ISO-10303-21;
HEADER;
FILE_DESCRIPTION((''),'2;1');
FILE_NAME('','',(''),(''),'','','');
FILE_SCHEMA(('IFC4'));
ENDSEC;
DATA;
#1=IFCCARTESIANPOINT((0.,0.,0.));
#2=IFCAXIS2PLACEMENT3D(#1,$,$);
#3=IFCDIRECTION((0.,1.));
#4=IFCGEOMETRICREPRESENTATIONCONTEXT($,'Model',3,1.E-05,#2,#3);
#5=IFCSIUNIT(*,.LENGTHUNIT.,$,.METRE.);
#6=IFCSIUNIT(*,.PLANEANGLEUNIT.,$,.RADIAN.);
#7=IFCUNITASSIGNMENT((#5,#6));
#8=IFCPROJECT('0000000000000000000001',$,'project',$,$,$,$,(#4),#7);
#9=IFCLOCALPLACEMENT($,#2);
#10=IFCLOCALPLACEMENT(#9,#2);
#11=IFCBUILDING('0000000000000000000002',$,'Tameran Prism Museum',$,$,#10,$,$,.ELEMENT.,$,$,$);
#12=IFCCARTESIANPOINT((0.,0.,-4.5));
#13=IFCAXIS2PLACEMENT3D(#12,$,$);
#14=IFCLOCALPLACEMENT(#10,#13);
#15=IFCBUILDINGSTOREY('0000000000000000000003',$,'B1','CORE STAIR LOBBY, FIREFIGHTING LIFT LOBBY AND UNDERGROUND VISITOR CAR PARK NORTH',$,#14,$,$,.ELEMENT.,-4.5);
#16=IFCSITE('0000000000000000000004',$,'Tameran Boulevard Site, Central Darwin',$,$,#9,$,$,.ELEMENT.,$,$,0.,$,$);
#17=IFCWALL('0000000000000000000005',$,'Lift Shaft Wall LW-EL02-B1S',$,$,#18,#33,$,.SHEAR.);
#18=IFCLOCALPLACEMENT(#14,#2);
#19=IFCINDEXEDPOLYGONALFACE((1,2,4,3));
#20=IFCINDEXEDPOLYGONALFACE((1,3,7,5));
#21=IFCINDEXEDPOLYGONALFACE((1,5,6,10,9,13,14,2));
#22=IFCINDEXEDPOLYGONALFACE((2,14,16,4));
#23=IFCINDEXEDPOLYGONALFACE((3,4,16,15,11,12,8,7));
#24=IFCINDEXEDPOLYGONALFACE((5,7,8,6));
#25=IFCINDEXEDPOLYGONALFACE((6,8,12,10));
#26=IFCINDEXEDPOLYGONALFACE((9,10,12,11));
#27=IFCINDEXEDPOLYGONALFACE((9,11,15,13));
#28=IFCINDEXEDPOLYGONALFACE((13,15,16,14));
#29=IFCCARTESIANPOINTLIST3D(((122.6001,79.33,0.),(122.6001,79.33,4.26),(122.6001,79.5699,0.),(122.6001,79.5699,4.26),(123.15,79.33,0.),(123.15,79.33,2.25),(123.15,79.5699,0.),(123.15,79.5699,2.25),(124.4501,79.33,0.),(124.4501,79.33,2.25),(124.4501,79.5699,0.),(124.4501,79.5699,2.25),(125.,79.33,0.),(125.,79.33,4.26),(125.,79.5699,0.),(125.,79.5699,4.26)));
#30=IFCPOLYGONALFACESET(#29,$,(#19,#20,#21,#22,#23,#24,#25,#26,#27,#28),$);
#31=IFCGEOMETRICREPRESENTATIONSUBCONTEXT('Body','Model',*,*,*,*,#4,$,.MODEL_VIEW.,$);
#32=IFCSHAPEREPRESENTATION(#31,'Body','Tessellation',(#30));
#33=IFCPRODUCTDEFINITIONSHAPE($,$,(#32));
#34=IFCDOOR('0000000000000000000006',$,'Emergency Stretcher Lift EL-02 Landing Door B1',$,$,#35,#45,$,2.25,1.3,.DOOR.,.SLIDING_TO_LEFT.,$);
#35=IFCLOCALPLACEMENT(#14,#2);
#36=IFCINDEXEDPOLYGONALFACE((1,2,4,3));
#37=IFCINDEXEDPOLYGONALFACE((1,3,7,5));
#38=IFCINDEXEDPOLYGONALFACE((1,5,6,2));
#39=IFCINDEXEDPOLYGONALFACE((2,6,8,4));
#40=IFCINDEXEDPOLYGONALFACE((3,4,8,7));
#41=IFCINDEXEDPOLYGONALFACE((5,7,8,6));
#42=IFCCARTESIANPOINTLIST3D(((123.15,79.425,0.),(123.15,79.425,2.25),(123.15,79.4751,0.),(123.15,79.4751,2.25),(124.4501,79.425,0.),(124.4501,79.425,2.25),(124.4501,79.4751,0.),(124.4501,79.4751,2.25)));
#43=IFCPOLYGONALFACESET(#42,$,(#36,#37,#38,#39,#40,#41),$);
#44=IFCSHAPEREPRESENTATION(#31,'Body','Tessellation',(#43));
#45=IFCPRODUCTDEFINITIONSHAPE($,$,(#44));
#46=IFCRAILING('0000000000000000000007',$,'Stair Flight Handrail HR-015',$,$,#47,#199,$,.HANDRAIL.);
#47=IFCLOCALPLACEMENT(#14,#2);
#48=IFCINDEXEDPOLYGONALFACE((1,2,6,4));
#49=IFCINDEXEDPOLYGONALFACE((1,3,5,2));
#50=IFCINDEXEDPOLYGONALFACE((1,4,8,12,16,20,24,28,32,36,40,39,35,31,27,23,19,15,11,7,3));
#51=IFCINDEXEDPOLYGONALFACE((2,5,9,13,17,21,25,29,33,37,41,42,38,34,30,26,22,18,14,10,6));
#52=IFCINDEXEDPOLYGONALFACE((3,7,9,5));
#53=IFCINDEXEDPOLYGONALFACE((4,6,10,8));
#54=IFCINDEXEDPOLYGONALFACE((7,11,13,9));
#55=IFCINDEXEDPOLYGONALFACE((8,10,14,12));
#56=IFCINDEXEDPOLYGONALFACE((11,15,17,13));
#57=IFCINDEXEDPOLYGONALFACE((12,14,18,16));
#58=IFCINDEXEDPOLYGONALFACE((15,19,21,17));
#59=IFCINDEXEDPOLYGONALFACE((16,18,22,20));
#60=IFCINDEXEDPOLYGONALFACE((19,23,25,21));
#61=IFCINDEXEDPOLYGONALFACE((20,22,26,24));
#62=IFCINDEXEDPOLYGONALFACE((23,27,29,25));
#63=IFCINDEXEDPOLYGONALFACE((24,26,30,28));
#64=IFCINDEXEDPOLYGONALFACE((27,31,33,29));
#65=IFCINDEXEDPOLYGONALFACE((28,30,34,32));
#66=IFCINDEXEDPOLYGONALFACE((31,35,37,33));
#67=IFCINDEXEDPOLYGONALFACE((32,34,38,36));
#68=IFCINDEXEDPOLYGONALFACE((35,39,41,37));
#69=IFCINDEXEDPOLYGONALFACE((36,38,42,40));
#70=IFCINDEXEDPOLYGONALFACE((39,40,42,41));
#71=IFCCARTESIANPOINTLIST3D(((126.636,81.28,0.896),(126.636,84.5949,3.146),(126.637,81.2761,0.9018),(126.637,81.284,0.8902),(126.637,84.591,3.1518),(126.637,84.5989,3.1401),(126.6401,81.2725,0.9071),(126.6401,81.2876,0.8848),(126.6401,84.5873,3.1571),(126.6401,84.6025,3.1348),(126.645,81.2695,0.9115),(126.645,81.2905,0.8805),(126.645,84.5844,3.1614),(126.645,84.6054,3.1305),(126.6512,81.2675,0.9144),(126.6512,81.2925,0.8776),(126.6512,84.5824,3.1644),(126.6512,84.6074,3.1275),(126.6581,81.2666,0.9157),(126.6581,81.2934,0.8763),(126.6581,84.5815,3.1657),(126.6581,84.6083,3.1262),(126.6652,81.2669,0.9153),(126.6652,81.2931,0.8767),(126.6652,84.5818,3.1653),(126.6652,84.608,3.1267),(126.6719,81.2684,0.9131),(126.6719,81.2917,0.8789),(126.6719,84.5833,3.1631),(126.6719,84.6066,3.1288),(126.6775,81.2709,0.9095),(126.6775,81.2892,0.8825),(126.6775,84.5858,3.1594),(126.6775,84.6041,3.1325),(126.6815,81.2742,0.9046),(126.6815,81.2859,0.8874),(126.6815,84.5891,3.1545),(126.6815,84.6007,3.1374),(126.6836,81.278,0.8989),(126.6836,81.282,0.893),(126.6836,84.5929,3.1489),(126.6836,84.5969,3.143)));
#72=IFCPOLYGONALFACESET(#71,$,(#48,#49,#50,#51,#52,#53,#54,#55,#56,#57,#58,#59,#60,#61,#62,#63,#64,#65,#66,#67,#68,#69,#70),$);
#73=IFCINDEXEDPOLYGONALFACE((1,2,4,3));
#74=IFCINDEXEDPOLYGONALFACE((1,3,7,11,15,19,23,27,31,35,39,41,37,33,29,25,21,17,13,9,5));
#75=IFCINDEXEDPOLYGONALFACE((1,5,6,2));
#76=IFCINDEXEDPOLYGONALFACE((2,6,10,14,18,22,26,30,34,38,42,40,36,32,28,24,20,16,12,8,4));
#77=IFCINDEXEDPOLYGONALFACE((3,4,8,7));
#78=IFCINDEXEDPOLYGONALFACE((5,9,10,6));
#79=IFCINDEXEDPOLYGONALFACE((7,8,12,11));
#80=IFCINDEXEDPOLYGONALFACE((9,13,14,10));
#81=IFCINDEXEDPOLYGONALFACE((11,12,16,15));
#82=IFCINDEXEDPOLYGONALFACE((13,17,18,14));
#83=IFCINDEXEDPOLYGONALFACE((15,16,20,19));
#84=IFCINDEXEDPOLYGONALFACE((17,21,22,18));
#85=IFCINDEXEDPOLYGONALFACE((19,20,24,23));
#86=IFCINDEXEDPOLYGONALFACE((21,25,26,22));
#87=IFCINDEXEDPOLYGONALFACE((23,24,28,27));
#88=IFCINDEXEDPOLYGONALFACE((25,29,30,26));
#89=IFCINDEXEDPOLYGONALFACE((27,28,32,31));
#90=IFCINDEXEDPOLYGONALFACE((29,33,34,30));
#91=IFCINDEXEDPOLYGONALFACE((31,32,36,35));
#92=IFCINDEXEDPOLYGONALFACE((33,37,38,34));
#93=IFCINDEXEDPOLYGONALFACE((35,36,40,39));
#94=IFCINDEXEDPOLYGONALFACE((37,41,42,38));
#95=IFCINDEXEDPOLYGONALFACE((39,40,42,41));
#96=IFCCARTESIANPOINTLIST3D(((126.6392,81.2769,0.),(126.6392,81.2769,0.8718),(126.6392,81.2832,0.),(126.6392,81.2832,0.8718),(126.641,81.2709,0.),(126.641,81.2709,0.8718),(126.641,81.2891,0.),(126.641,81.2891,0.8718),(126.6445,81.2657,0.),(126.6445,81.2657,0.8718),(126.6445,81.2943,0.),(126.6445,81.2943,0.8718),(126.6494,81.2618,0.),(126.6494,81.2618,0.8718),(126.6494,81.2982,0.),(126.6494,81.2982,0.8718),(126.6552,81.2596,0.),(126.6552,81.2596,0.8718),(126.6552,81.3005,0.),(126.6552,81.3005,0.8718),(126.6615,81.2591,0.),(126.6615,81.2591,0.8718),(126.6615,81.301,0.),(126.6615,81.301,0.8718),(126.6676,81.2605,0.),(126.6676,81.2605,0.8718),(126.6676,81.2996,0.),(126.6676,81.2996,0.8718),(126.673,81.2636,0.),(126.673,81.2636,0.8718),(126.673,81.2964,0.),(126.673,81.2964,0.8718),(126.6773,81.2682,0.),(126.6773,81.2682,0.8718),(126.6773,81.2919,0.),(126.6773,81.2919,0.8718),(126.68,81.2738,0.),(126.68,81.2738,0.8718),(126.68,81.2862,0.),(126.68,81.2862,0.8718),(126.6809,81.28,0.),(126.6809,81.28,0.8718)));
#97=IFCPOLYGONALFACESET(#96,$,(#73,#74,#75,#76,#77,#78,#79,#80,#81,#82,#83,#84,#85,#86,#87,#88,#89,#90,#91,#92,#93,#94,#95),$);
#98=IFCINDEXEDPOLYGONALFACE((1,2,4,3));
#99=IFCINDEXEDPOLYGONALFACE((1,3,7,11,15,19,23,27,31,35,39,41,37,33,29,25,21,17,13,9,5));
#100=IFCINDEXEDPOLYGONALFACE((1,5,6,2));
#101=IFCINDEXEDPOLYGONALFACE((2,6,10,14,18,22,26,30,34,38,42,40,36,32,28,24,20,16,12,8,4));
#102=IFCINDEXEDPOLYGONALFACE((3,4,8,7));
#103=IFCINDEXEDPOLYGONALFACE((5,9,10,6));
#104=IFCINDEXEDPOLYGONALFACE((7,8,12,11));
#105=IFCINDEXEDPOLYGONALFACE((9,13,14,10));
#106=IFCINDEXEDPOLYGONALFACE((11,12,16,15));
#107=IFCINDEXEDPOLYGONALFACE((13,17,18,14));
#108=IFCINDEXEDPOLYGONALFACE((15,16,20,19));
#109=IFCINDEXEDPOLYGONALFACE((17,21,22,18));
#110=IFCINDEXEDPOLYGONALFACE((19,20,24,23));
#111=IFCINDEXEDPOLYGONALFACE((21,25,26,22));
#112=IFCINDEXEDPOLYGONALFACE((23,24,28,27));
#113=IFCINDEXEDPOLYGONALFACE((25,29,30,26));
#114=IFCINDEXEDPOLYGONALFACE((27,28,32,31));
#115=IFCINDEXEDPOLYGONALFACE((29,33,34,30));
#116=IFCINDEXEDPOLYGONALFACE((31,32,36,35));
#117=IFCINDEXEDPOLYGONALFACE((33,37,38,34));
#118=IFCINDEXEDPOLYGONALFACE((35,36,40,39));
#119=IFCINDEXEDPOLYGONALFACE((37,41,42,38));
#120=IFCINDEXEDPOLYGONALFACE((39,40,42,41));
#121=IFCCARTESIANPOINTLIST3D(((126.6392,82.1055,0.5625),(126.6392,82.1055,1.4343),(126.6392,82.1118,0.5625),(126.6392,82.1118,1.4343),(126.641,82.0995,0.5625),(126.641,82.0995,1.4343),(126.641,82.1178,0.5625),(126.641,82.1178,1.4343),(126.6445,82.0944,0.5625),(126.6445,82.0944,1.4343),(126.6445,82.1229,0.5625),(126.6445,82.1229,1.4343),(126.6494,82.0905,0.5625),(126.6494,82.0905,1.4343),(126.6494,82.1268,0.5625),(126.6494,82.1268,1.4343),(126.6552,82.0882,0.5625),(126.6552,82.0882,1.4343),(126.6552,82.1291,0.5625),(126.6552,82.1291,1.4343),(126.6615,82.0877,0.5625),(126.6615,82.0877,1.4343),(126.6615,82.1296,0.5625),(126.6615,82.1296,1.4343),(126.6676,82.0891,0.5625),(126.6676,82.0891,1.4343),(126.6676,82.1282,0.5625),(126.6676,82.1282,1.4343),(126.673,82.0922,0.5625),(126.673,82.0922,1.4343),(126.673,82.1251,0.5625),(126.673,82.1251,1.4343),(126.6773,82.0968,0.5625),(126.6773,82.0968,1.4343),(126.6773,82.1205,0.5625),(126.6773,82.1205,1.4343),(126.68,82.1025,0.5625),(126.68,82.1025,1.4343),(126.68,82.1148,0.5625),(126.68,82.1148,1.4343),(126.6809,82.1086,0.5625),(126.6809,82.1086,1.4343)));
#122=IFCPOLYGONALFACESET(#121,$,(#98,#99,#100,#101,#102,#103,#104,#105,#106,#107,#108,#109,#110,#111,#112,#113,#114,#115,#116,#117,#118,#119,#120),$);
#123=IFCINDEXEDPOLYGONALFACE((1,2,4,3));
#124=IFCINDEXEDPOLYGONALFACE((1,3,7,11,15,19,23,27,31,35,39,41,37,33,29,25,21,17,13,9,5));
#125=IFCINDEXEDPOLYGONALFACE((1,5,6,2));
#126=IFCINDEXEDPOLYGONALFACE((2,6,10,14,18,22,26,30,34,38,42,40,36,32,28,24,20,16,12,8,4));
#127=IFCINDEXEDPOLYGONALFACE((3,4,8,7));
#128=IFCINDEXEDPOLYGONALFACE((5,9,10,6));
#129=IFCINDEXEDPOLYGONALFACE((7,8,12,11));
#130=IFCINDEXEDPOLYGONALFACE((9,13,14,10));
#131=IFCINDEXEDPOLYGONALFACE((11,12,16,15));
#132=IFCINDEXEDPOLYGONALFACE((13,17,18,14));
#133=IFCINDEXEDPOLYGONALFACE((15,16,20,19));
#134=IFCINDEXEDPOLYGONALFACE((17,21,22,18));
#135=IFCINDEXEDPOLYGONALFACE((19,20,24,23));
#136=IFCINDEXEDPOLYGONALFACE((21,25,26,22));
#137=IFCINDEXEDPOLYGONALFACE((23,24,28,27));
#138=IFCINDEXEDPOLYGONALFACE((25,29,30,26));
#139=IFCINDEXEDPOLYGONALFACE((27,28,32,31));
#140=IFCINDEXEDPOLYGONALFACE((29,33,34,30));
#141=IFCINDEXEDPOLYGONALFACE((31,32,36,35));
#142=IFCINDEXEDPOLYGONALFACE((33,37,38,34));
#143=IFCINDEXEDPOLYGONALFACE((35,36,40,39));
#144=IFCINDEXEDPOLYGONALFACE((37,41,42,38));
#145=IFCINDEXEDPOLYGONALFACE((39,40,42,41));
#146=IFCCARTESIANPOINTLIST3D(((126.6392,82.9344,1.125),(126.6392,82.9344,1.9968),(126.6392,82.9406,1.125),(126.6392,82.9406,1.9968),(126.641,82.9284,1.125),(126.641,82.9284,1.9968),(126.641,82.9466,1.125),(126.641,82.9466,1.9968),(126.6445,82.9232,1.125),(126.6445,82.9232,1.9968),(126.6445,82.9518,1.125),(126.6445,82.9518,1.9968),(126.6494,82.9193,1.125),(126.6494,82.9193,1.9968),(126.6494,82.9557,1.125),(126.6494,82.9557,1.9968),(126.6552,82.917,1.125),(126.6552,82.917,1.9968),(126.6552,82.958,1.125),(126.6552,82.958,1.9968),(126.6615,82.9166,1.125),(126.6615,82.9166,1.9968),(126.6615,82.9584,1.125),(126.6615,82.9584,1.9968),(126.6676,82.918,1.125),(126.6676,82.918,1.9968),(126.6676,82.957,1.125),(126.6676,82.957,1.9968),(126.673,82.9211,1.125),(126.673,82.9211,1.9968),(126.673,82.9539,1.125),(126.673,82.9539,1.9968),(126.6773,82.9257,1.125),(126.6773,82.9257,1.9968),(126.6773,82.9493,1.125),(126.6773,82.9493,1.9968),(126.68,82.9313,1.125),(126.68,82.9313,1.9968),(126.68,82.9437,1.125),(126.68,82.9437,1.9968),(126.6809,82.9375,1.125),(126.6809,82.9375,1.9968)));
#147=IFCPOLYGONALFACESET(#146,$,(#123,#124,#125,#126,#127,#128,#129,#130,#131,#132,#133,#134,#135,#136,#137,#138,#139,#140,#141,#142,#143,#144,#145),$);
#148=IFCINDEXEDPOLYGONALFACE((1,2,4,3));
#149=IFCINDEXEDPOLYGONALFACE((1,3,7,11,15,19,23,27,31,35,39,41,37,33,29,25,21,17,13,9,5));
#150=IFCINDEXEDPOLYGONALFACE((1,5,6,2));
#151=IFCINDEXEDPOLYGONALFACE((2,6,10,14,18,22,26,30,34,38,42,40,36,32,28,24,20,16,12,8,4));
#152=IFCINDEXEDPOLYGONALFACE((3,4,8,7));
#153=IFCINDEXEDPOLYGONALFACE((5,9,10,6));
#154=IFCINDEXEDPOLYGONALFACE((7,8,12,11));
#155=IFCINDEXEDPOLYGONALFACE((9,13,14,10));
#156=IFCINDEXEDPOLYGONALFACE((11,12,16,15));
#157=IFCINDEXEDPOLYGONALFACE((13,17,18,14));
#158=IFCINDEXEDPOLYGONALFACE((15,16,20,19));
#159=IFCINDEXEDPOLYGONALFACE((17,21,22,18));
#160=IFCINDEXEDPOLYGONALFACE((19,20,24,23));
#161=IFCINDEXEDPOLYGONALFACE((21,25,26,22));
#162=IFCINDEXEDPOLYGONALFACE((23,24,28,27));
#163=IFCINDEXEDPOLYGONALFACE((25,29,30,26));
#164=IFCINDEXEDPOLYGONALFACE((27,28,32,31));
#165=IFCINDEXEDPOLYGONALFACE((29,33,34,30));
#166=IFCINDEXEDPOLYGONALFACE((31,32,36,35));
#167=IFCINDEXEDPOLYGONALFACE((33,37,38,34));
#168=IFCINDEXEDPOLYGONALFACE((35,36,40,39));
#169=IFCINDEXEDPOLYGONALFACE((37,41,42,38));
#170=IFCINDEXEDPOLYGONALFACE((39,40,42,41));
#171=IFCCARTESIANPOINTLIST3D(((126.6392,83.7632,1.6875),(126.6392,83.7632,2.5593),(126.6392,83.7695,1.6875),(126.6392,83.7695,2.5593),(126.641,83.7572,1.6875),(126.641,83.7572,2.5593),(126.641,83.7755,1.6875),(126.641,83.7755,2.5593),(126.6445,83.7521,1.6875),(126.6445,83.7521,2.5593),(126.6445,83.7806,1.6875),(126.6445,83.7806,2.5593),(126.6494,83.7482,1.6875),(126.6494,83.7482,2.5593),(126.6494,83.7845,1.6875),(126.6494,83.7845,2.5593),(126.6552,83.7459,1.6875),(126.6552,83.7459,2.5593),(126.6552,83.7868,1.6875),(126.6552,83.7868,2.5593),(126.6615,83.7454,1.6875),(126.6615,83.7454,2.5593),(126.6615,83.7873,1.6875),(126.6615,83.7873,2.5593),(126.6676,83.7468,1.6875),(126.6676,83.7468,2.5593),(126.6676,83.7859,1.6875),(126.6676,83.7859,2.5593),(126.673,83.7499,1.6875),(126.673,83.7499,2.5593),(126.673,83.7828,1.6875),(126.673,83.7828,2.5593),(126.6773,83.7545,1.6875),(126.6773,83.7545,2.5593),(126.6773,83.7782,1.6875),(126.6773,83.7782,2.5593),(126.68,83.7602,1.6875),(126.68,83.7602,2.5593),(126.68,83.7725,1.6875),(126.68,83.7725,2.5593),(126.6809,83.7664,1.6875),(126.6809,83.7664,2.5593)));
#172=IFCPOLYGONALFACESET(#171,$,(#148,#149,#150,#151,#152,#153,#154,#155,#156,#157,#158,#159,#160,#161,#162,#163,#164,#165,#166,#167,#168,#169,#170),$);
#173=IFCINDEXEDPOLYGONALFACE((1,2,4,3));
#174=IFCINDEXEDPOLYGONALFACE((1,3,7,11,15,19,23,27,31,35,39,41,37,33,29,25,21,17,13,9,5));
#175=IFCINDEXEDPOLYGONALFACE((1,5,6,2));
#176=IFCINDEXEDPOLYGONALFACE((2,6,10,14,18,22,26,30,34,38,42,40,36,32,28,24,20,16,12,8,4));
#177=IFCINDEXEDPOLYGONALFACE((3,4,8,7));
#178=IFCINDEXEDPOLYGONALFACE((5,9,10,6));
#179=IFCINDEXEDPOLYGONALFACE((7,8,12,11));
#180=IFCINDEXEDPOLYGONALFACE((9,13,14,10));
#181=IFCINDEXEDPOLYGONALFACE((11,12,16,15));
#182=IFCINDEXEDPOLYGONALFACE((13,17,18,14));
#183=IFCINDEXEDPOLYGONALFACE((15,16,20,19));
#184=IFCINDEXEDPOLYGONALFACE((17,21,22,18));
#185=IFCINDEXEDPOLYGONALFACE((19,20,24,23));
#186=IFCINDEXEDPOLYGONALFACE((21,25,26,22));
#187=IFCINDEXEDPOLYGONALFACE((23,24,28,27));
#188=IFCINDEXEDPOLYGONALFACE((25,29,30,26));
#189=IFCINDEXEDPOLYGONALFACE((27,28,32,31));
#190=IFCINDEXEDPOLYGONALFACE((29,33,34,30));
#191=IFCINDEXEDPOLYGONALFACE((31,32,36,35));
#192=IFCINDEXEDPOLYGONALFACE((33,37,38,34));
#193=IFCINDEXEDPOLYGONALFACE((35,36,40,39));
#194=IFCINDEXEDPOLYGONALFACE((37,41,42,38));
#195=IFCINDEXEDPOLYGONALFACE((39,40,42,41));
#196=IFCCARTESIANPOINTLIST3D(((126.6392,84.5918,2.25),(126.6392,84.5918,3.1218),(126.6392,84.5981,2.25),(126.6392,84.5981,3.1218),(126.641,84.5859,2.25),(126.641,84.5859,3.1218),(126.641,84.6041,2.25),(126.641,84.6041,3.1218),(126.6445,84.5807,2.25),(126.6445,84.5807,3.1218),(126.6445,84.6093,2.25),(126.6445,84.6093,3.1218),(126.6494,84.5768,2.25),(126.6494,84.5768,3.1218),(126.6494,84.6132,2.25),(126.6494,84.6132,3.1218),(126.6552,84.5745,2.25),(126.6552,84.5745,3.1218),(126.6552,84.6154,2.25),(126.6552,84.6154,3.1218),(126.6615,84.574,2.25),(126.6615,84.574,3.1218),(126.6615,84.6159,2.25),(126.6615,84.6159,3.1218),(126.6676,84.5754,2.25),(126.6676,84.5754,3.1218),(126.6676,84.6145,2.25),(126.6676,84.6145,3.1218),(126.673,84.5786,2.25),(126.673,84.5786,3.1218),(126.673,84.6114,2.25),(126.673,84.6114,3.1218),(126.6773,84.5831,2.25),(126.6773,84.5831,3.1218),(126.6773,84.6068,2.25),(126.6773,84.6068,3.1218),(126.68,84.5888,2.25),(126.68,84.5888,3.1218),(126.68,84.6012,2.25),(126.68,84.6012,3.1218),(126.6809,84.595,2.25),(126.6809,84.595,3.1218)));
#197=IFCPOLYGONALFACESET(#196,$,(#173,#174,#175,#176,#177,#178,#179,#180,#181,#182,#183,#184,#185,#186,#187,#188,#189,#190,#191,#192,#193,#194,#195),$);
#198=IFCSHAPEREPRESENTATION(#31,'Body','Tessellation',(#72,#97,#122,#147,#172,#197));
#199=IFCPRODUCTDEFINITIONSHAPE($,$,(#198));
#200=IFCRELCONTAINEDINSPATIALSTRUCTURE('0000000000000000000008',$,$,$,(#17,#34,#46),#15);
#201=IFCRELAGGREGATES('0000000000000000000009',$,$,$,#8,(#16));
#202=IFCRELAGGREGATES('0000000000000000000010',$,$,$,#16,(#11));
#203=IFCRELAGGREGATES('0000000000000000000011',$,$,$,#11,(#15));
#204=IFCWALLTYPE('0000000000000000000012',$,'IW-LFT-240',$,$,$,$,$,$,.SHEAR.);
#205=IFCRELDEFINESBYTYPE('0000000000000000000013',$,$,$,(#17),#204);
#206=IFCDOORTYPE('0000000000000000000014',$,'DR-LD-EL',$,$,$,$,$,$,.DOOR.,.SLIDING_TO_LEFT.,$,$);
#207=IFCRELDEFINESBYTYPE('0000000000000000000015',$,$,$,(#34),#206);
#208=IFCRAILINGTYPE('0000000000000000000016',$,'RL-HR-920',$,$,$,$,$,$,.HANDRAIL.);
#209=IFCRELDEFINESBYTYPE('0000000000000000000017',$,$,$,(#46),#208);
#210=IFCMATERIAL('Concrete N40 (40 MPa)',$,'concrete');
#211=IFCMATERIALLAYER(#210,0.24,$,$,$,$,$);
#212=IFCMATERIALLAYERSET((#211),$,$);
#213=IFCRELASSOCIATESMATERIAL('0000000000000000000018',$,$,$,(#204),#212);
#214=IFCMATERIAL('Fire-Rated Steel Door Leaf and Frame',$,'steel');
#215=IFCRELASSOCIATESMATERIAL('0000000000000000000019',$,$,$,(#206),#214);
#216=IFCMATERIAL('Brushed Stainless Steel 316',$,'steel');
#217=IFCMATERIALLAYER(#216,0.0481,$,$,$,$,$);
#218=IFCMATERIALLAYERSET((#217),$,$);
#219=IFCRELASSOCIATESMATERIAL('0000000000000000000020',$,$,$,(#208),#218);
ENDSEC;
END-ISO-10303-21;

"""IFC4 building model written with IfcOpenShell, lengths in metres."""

from ifc_helpers import new_model, si_unit, direction, frame, frame_2d, origin, origin_2d, place, context, subcontext, project, spatial, rectangle, circle, extrude, material, layer, layer_set, type_object, element, fill, save


model = new_model("IFC4")

# Units and contexts
model_context = context("Model", 3, precision=1e-05, world=origin(), true_north=direction((0.0, 1.0)))
body_context = subcontext(model_context, "Body", "Model", "MODEL_VIEW")
ifc_project = project(units=[si_unit("LENGTHUNIT", "METRE"), si_unit("PLANEANGLEUNIT", "RADIAN")], contexts=[model_context])

# Site, building, storey
site_placement = place(None, origin())
site = spatial("IfcSite", under=ifc_project, at=site_placement, Name="Tameran Boulevard Site, Central Darwin", CompositionType="ELEMENT", RefElevation=0.0)
building_placement = place(site_placement, origin())
building = spatial("IfcBuilding", under=site, at=building_placement, Name="Tameran Prism Museum", CompositionType="ELEMENT")
storey_placement = place(building_placement, frame((0.0, 0.0, -4.5)))
storey = spatial("IfcBuildingStorey", under=building, at=storey_placement, Name="B1", Description="CORE STAIR LOBBY, FIREFIGHTING LIFT LOBBY AND UNDERGROUND VISITOR CAR PARK NORTH", CompositionType="ELEMENT", Elevation=-4.5)

# Shared definitions
ifc_material_1 = material(Name="Concrete N40 (40 MPa)", Category="concrete")
ifc_layer_1 = layer(ifc_material_1, 0.24)
ifc_layer_set_1 = layer_set([ifc_layer_1])
wall_type_1 = type_object("IfcWallType", Name="IW-LFT-240", PredefinedType="SHEAR", material=ifc_layer_set_1)

# Wall, opening, door
wall_1_placement = place(storey_placement, frame((125.0, 79.45, 0.0), z_axis=(0.0, 0.0, 1.0), x_axis=(-1.0, 0.0, 0.0)))
wall_1 = element("IfcWall", 1, at=wall_1_placement, inside=storey, type_object=wall_type_1, Name="Lift Shaft Wall LW-EL02-B1S", PredefinedType="SHEAR", context=body_context, shape_type="SweptSolid", body=[
    extrude(rectangle(XDim=2.3999, YDim=0.24, at=frame_2d((1.2, 0.0))), origin(), (0.0, 0.0, 1.0), 4.26),
])
opening_placement = place(wall_1_placement, frame((0.55, 0.0, 0.0)))
opening = element("IfcOpeningElement", 2, at=opening_placement, cuts=wall_1, PredefinedType="OPENING", context=body_context, shape_type="SweptSolid", body=[
    extrude(rectangle(XDim=1.3, YDim=2.25, at=frame_2d((0.6499, 1.125))), frame((0.0, 0.1299, 0.0), z_axis=(0.0, -1.0, 0.0), x_axis=(1.0, 0.0, 0.0)), (0.0, 0.0, 1.0), 0.26),
])
ifc_material_2 = material(Name="Fire-Rated Steel Door Leaf and Frame", Category="steel")
door_type = type_object("IfcDoorType", Name="DR-LD-EL", OperationType="SLIDING_TO_LEFT", PredefinedType="DOOR", material=ifc_material_2)
door_placement = place(opening_placement, origin())
door = element("IfcDoor", 3, at=door_placement, inside=storey, type_object=door_type, Name="Emergency Stretcher Lift EL-02 Landing Door B1", OperationType="SLIDING_TO_LEFT", OverallHeight=2.25, OverallWidth=1.3, PredefinedType="DOOR", context=body_context, shape_type="SweptSolid", body=[
    extrude(rectangle(XDim=1.3, YDim=2.25, at=frame_2d((0.6499, 1.125))), frame((0.0, 0.0249, 0.0), z_axis=(0.0, -1.0, 0.0), x_axis=(1.0, 0.0, 0.0)), (0.0, 0.0, 1.0), 0.05),
])
fill(opening, door)

# Railing
ifc_material_3 = material(Name="Brushed Stainless Steel 316", Category="steel")
ifc_layer_2 = layer(ifc_material_3, 0.0481)
ifc_layer_set_2 = layer_set([ifc_layer_2])
railing_type = type_object("IfcRailingType", Name="RL-HR-920", PredefinedType="HANDRAIL", material=ifc_layer_set_2)
railing_placement = place(storey_placement, frame((126.6599, 81.28, 0.0)))
element("IfcRailing", 4, at=railing_placement, inside=storey, type_object=railing_type, Name="Stair Flight Handrail HR-015", PredefinedType="HANDRAIL", context=body_context, shape_type="SweptSolid", body=[
    extrude(circle(Radius=0.0239, at=origin_2d()), frame((0.0, 0.0, 0.896), z_axis=(0.0, 0.827409, 0.5616), x_axis=(-1.0, 0.0, 0.0)), (0.0, 0.0, 1.0), 4.0063),
    extrude(circle(Radius=0.021, at=origin_2d()), origin(), (0.0, 0.0, 1.0), 0.8718),
    extrude(circle(Radius=0.021, at=origin_2d()), frame((0.0, 0.8286, 0.5625)), (0.0, 0.0, 1.0), 0.8718),
    extrude(circle(Radius=0.021, at=origin_2d()), frame((0.0, 1.6575, 1.125)), (0.0, 0.0, 1.0), 0.8718),
    extrude(circle(Radius=0.021, at=origin_2d()), frame((0.0, 2.4863, 1.6875)), (0.0, 0.0, 1.0), 0.8718),
    extrude(circle(Radius=0.021, at=origin_2d()), frame((0.0, 3.3149, 2.25)), (0.0, 0.0, 1.0), 0.8718),
])

save(model, "model.ifc")
